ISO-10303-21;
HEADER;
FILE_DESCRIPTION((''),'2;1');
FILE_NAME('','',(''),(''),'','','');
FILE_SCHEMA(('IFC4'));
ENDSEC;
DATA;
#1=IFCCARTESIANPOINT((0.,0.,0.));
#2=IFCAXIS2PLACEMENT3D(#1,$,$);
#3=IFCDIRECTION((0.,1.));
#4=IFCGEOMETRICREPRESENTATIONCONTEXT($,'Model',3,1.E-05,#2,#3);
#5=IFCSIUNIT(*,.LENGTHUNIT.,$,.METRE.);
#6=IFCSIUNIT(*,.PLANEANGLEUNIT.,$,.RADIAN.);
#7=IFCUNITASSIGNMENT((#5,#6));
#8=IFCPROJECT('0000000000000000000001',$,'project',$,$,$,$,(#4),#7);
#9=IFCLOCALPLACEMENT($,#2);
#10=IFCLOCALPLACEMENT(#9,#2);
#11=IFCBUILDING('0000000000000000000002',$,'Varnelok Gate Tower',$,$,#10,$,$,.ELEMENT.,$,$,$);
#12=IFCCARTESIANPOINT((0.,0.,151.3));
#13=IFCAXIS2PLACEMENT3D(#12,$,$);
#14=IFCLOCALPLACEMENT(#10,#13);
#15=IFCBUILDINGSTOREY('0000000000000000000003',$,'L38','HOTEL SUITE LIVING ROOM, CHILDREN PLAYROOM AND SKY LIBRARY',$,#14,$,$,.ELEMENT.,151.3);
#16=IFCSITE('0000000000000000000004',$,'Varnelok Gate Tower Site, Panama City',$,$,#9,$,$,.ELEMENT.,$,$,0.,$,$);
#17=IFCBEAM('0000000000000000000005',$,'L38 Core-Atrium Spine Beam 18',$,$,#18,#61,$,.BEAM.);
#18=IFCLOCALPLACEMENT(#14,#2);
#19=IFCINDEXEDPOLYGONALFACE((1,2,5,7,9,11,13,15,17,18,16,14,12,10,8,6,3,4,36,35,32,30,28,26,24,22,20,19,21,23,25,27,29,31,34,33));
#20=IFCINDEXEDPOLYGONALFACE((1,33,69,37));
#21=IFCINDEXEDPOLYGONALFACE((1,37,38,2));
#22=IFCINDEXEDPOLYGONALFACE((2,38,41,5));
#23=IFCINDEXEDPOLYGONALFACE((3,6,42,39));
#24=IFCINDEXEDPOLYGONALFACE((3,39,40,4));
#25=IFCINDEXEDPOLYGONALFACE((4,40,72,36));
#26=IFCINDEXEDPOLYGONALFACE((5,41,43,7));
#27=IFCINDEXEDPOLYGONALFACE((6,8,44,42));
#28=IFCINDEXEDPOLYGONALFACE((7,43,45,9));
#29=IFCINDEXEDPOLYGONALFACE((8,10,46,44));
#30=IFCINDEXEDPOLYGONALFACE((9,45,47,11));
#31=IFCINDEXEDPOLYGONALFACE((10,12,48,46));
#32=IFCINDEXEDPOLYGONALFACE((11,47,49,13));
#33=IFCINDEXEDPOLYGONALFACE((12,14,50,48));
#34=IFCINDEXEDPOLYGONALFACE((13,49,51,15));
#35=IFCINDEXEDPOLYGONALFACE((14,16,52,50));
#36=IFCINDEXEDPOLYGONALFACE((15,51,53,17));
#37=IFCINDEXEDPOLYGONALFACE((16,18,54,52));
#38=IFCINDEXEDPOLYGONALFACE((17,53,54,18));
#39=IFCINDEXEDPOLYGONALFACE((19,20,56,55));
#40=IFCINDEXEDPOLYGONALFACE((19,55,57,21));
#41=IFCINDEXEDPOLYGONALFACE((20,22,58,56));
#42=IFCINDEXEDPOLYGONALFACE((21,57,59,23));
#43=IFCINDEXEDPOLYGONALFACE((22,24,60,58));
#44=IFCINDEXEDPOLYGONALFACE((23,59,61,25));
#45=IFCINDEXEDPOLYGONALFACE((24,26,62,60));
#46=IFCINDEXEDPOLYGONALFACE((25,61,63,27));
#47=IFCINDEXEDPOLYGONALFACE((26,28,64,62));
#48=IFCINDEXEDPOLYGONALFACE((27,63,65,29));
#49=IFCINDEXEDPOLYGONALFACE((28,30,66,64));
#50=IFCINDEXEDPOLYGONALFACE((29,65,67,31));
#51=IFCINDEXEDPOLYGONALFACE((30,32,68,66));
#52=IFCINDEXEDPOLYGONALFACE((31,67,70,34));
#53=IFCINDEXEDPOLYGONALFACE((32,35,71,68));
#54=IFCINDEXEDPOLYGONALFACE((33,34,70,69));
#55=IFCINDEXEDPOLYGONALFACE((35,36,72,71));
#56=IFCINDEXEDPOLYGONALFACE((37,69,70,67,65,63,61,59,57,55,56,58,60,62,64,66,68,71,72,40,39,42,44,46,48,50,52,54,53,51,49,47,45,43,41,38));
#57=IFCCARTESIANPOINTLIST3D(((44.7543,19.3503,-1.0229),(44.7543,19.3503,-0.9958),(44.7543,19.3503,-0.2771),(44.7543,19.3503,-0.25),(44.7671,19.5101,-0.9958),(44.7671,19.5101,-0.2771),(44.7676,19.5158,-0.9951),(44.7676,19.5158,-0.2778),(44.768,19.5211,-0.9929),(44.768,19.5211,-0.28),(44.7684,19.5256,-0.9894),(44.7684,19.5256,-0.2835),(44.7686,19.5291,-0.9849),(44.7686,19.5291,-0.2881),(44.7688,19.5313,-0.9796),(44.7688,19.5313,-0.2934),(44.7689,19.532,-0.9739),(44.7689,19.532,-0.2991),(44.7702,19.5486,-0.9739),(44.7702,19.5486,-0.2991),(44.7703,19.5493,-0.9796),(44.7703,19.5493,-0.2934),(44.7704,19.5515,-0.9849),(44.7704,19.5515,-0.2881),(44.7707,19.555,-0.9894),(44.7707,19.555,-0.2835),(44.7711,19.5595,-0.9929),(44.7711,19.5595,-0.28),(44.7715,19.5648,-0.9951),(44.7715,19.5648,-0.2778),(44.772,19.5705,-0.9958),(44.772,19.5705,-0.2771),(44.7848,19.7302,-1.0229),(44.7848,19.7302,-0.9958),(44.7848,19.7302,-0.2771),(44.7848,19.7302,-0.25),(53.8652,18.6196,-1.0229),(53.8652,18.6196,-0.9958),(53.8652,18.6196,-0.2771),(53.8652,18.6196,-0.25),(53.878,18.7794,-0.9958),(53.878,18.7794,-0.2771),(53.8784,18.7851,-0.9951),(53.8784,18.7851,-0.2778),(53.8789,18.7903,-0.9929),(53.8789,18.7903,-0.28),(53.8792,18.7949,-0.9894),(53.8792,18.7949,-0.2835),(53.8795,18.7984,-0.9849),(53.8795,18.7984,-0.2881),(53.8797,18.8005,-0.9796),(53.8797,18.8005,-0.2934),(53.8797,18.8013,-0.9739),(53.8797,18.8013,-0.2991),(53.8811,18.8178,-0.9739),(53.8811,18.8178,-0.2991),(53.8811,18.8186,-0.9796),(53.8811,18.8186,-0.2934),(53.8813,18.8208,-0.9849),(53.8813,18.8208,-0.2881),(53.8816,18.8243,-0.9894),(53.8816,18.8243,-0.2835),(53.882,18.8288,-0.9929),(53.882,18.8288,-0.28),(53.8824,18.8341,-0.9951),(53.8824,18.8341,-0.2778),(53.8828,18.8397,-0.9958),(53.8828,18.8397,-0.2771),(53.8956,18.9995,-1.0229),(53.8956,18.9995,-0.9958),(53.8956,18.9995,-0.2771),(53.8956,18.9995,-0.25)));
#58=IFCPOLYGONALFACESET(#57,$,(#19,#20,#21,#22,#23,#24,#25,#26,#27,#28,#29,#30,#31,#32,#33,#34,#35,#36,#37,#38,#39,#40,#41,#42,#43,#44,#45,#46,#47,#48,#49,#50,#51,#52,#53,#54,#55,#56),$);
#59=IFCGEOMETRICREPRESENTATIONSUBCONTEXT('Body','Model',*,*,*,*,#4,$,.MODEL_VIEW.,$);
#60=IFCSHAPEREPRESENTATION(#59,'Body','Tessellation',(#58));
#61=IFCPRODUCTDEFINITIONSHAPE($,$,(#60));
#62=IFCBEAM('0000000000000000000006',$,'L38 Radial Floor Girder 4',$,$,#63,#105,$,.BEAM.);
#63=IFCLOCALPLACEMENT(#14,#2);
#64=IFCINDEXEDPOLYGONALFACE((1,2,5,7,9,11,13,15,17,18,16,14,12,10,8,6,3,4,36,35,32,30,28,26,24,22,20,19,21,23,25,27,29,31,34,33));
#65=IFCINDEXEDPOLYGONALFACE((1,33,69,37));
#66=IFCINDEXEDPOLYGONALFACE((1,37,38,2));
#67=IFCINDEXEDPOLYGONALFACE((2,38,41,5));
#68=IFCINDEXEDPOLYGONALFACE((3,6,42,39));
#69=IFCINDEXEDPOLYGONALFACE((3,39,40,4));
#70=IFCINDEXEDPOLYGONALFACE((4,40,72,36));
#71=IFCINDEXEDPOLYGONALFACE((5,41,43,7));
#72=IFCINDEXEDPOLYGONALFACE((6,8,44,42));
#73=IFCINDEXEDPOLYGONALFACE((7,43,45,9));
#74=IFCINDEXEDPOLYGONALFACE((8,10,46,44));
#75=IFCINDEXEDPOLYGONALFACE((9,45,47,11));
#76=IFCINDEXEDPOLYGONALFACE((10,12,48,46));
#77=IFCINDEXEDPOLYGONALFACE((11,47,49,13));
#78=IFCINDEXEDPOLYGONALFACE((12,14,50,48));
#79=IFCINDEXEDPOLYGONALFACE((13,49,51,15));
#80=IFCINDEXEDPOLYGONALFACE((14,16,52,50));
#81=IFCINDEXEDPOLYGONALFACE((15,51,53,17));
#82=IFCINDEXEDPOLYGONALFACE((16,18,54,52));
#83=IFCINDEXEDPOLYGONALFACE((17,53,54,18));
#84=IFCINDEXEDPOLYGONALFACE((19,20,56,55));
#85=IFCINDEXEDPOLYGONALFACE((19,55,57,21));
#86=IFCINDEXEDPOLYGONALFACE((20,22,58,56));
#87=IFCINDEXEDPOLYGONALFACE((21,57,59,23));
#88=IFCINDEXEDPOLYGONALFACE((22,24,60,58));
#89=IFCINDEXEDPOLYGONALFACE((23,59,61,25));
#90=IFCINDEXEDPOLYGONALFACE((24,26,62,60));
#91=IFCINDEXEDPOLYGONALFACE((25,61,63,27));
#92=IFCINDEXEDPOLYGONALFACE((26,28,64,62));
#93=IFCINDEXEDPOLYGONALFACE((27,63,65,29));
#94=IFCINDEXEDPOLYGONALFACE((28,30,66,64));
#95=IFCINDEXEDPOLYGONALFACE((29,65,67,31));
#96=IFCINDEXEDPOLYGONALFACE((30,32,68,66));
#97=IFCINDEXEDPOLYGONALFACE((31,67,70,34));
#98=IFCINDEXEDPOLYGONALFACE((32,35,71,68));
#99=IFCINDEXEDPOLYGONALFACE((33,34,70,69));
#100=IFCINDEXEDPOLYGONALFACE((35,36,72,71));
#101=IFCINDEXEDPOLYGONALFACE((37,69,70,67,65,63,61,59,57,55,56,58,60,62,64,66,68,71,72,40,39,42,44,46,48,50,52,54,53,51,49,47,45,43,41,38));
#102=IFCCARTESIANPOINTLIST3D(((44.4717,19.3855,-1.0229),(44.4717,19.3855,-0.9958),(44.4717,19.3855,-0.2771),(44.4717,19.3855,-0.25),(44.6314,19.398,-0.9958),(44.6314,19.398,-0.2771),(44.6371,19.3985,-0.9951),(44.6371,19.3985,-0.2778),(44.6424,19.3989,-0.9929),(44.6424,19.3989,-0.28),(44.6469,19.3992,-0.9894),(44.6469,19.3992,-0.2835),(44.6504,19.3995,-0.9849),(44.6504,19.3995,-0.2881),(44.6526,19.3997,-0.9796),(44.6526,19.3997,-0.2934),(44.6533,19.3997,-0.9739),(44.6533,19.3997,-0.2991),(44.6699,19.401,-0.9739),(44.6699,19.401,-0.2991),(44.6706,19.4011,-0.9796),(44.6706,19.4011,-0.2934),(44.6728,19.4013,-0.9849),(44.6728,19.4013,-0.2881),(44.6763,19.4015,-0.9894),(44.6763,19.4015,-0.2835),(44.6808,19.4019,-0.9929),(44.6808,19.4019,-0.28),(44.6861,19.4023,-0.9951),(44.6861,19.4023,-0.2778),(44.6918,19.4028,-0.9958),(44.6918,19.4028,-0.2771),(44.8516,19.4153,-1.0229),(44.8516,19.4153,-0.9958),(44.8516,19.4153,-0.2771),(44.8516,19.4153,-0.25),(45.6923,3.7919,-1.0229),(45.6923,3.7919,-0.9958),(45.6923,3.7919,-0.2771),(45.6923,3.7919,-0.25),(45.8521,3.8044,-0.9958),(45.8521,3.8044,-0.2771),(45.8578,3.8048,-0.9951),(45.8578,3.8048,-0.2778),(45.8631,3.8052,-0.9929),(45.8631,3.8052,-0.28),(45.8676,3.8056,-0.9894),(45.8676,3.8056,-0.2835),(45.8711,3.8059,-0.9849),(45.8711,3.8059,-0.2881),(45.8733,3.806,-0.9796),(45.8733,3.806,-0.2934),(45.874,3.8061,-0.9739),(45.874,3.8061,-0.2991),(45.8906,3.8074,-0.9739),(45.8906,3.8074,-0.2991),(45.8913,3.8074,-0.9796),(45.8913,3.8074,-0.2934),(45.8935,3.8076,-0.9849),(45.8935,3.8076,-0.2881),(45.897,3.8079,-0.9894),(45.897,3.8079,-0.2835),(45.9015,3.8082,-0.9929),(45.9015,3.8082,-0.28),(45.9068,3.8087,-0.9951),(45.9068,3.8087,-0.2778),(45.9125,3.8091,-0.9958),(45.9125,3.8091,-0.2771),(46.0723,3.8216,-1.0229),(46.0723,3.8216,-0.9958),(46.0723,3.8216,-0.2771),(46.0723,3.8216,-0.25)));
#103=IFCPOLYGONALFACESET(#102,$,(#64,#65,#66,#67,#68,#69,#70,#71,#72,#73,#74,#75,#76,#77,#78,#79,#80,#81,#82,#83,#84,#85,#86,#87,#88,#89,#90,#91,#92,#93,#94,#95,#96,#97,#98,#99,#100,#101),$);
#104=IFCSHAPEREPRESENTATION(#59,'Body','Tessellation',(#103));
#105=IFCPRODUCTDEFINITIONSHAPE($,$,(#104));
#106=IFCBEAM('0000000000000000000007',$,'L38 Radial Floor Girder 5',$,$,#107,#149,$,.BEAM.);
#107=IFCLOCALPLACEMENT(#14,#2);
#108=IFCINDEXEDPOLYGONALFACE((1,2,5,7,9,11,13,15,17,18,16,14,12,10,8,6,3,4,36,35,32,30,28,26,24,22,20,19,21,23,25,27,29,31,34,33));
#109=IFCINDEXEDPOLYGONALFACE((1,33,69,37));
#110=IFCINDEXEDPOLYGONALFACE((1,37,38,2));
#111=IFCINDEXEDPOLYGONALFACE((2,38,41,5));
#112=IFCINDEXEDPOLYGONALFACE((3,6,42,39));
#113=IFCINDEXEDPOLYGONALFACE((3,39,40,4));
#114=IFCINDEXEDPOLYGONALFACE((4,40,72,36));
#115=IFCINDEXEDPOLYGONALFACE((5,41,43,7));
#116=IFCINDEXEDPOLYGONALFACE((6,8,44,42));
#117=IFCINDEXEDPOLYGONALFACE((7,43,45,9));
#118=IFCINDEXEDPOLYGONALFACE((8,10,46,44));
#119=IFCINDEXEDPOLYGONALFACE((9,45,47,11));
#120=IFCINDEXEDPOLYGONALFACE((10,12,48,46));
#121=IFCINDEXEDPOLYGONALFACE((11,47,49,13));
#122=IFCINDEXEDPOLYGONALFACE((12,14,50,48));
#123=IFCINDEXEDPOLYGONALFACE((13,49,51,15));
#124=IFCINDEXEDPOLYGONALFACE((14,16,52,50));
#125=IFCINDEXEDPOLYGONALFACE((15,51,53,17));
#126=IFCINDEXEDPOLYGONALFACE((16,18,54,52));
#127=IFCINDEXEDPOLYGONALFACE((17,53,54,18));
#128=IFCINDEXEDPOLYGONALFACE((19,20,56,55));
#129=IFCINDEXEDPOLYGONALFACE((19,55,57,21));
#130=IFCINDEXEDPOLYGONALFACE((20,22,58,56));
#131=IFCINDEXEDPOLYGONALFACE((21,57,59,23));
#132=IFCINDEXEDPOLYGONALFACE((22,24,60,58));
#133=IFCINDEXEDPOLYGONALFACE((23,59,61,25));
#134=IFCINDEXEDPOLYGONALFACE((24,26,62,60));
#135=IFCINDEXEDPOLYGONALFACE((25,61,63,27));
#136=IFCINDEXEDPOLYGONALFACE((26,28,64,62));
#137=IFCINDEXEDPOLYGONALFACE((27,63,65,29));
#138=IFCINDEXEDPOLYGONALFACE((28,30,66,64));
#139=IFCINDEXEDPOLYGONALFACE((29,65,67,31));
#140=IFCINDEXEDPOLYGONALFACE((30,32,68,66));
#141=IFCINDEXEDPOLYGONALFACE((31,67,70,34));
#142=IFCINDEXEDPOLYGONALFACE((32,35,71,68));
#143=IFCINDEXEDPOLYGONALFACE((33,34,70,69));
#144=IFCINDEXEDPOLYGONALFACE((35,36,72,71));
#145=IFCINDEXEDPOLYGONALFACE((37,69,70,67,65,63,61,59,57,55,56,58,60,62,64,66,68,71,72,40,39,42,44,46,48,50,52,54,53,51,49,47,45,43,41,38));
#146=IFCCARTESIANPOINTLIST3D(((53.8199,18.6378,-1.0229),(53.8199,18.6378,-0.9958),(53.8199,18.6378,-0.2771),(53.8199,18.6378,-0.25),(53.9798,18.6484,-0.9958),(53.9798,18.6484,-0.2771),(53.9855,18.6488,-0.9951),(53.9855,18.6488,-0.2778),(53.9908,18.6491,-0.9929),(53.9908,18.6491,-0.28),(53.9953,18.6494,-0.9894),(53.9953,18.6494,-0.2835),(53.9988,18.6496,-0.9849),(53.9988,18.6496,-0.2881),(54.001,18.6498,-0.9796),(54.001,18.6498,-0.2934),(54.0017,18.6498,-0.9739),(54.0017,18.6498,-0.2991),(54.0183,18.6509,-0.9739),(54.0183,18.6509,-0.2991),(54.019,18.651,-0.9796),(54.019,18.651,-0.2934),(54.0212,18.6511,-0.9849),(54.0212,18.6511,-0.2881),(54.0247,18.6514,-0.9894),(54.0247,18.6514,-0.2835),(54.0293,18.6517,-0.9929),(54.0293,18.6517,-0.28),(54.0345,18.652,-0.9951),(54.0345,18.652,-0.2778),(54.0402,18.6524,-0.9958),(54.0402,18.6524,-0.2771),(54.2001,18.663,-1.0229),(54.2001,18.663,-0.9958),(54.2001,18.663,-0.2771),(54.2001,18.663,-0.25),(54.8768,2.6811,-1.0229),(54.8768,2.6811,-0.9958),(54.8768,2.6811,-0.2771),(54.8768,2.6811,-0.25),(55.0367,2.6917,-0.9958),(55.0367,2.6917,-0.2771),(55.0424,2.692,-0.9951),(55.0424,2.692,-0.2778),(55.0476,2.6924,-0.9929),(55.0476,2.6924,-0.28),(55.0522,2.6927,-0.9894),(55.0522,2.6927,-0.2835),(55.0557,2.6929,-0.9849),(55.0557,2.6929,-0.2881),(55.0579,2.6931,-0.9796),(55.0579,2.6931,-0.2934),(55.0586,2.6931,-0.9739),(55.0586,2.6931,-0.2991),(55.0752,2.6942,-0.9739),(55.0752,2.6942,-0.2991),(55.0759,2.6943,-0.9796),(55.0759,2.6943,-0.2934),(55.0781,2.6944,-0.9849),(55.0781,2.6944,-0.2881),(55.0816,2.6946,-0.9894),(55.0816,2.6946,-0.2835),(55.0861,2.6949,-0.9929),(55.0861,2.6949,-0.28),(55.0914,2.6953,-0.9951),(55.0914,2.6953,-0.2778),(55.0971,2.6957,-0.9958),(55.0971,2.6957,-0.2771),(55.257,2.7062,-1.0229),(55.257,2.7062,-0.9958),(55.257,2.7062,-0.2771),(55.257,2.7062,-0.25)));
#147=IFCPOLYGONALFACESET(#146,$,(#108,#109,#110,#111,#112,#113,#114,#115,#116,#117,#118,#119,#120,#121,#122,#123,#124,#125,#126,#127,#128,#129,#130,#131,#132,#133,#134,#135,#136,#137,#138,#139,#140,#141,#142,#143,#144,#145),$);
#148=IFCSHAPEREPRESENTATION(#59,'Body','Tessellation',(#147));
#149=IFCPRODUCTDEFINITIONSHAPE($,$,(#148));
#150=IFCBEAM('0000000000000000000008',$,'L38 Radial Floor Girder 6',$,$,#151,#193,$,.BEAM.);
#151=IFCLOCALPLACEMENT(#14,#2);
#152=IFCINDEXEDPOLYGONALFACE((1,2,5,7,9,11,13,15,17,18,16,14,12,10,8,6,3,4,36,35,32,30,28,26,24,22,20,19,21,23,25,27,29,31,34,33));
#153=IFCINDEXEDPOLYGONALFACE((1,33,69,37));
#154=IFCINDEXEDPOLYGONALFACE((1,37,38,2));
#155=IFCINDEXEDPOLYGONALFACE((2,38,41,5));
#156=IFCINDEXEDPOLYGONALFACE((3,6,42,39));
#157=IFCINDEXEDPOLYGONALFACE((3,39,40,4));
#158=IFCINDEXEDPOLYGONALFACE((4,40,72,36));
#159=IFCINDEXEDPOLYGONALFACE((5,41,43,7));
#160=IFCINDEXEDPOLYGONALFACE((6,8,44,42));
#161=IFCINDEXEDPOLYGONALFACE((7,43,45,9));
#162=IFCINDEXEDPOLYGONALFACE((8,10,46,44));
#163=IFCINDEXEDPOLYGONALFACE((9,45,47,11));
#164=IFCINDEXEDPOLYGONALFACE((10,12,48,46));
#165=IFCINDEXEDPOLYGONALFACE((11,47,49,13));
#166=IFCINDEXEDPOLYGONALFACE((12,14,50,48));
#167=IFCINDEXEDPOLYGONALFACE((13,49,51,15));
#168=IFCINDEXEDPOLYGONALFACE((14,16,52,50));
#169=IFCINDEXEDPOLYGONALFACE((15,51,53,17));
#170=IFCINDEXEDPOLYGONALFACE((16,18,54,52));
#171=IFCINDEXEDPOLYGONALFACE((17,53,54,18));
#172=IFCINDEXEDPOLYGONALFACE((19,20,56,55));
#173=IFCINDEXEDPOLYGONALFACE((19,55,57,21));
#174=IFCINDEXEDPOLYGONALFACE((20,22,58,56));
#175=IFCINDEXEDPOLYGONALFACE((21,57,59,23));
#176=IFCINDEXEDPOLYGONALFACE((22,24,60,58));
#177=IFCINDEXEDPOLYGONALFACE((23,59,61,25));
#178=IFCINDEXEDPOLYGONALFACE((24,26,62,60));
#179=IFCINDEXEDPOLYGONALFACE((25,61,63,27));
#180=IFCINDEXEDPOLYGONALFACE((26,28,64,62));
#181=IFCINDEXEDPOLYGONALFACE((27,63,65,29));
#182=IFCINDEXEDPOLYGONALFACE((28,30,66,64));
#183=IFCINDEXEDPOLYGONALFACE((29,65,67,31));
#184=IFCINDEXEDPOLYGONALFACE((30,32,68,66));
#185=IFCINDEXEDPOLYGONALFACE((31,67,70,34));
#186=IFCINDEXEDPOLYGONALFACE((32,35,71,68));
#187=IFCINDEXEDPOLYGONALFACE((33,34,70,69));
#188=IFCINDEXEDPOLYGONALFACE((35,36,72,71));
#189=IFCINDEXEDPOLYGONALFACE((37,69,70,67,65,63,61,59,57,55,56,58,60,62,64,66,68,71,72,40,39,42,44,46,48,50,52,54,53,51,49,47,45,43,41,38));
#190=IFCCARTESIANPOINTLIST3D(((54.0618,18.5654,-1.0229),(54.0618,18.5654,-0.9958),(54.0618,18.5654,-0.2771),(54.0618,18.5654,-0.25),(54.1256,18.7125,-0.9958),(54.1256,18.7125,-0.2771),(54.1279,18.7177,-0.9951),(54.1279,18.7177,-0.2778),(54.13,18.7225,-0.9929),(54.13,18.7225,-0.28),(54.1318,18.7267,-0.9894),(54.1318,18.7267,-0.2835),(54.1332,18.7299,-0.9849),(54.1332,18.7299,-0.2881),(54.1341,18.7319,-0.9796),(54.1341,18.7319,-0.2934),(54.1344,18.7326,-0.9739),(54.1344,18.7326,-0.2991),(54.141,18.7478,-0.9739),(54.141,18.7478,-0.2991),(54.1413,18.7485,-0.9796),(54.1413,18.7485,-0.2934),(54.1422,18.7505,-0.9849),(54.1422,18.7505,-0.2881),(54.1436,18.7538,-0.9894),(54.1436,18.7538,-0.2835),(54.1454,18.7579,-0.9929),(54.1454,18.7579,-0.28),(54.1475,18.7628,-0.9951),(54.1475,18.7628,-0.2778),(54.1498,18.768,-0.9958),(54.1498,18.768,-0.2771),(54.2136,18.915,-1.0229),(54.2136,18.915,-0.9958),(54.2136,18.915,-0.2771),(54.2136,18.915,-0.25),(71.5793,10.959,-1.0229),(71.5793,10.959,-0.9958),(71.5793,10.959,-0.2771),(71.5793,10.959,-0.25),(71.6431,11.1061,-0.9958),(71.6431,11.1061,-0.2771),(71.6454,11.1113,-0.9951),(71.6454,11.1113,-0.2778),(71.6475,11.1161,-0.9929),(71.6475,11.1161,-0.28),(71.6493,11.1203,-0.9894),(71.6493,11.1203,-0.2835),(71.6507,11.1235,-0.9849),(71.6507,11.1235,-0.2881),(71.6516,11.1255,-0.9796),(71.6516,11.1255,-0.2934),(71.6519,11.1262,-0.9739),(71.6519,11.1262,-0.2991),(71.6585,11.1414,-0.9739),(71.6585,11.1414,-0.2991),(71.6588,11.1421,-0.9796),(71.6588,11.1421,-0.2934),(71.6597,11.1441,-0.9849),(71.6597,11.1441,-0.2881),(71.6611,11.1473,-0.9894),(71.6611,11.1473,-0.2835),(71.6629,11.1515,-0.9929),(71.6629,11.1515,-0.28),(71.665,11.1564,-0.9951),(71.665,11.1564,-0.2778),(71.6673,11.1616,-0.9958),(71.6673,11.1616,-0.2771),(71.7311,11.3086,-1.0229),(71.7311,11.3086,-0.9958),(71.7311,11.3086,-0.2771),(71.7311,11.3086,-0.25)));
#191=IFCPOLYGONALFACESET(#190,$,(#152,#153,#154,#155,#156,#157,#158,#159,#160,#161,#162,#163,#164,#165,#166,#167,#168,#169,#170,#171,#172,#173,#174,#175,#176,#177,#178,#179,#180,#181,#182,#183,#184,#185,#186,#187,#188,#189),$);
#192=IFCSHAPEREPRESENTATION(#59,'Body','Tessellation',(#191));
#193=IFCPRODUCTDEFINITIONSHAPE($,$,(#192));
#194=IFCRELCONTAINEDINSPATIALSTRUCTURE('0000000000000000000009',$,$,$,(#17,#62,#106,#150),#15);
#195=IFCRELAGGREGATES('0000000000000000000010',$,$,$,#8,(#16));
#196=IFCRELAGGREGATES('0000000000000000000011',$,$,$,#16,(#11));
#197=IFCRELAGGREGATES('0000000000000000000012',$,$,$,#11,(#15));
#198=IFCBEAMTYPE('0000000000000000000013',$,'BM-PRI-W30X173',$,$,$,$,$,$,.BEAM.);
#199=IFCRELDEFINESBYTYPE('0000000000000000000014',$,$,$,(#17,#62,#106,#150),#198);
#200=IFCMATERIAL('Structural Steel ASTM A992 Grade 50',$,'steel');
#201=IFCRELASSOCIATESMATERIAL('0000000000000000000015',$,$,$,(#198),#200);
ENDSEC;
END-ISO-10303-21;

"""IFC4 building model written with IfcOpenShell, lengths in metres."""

from ifc_helpers import new_model, si_unit, direction, frame, origin, origin_2d, place, context, subcontext, project, spatial, i_section, extrude, material, material_profile, profile_set, type_object, element, save


model = new_model("IFC4")

# Units and contexts
model_context = context("Model", 3, precision=1e-05, world=origin(), true_north=direction((0.0, 1.0)))
body_context = subcontext(model_context, "Body", "Model", "MODEL_VIEW")
ifc_project = project(units=[si_unit("LENGTHUNIT", "METRE"), si_unit("PLANEANGLEUNIT", "RADIAN")], contexts=[model_context])

# Site, building, storey
site_placement = place(None, origin())
site = spatial("IfcSite", under=ifc_project, at=site_placement, Name="Varnelok Gate Tower Site, Panama City", CompositionType="ELEMENT", RefElevation=0.0)
building_placement = place(site_placement, origin())
building = spatial("IfcBuilding", under=site, at=building_placement, Name="Varnelok Gate Tower", CompositionType="ELEMENT")
storey_placement = place(building_placement, frame((0.0, 0.0, 151.3)))
storey = spatial("IfcBuildingStorey", under=building, at=storey_placement, Name="L38", Description="HOTEL SUITE LIVING ROOM, CHILDREN PLAYROOM AND SKY LIBRARY", CompositionType="ELEMENT", Elevation=151.3)

# Shared definitions
ifc_material_1 = material(Name="Structural Steel ASTM A992 Grade 50", Category="steel")

# Beams
ifc_material_profile_1 = material_profile(ifc_material_1, i_section(OverallWidth=0.3811, OverallDepth=0.7729, WebThickness=0.0166, FlangeThickness=0.0271, FilletRadius=0.022, at=origin_2d()), Name="W30X173")
ifc_profile_set_1 = profile_set([ifc_material_profile_1], Name="Structural Steel ASTM A992 Grade 50")
beam_type_1 = type_object("IfcBeamType", Name="BM-PRI-W30X173", PredefinedType="BEAM", material=ifc_profile_set_1)
beam_1_placement = place(storey_placement, frame((44.7695, 19.5403, -0.6365), z_axis=(0.996799, -0.079946, 0.0), x_axis=(0.079946, 0.996799, 0.0)))
element("IfcBeam", 1, at=beam_1_placement, inside=storey, type_object=beam_type_1, Name="L38 Core-Atrium Spine Beam 18", PredefinedType="BEAM", context=body_context, shape_type="SweptSolid", body=[
    extrude(i_section(OverallWidth=0.3811, OverallDepth=0.7729, WebThickness=0.0166, FlangeThickness=0.0271, FilletRadius=0.022, at=origin_2d()), origin(), (0.0, 0.0, 1.0), 9.1401),
])
beam_2_placement = place(storey_placement, frame((44.6616, 19.4004, -0.6365), z_axis=(0.078043, -0.99695, 0.0), x_axis=(0.99695, 0.078043, 0.0)))
element("IfcBeam", 2, at=beam_2_placement, inside=storey, type_object=beam_type_1, Name="L38 Radial Floor Girder 4", PredefinedType="BEAM", context=body_context, shape_type="SweptSolid", body=[
    extrude(i_section(OverallWidth=0.3811, OverallDepth=0.7729, WebThickness=0.0166, FlangeThickness=0.0271, FilletRadius=0.022, at=origin_2d()), origin(), (0.0, 0.0, 1.0), 15.6414),
])
beam_3_placement = place(storey_placement, frame((54.01, 18.6504, -0.6365), z_axis=(0.066089, -0.997814, 0.0), x_axis=(0.997814, 0.066089, 0.0)))
element("IfcBeam", 3, at=beam_3_placement, inside=storey, type_object=beam_type_1, Name="L38 Radial Floor Girder 5", PredefinedType="BEAM", context=body_context, shape_type="SweptSolid", body=[
    extrude(i_section(OverallWidth=0.3811, OverallDepth=0.7729, WebThickness=0.0166, FlangeThickness=0.0271, FilletRadius=0.022, at=origin_2d()), origin(), (0.0, 0.0, 1.0), 15.9917),
])
beam_4_placement = place(storey_placement, frame((54.1377, 18.7402, -0.6365), z_axis=(0.917259, -0.39829, 0.0), x_axis=(0.39829, 0.917259, 0.0)))
element("IfcBeam", 4, at=beam_4_placement, inside=storey, type_object=beam_type_1, Name="L38 Radial Floor Girder 6", PredefinedType="BEAM", context=body_context, shape_type="SweptSolid", body=[
    extrude(i_section(OverallWidth=0.3811, OverallDepth=0.7729, WebThickness=0.0166, FlangeThickness=0.0271, FilletRadius=0.022, at=origin_2d()), origin(), (0.0, 0.0, 1.0), 19.0977),
])

save(model, "model.ifc")
